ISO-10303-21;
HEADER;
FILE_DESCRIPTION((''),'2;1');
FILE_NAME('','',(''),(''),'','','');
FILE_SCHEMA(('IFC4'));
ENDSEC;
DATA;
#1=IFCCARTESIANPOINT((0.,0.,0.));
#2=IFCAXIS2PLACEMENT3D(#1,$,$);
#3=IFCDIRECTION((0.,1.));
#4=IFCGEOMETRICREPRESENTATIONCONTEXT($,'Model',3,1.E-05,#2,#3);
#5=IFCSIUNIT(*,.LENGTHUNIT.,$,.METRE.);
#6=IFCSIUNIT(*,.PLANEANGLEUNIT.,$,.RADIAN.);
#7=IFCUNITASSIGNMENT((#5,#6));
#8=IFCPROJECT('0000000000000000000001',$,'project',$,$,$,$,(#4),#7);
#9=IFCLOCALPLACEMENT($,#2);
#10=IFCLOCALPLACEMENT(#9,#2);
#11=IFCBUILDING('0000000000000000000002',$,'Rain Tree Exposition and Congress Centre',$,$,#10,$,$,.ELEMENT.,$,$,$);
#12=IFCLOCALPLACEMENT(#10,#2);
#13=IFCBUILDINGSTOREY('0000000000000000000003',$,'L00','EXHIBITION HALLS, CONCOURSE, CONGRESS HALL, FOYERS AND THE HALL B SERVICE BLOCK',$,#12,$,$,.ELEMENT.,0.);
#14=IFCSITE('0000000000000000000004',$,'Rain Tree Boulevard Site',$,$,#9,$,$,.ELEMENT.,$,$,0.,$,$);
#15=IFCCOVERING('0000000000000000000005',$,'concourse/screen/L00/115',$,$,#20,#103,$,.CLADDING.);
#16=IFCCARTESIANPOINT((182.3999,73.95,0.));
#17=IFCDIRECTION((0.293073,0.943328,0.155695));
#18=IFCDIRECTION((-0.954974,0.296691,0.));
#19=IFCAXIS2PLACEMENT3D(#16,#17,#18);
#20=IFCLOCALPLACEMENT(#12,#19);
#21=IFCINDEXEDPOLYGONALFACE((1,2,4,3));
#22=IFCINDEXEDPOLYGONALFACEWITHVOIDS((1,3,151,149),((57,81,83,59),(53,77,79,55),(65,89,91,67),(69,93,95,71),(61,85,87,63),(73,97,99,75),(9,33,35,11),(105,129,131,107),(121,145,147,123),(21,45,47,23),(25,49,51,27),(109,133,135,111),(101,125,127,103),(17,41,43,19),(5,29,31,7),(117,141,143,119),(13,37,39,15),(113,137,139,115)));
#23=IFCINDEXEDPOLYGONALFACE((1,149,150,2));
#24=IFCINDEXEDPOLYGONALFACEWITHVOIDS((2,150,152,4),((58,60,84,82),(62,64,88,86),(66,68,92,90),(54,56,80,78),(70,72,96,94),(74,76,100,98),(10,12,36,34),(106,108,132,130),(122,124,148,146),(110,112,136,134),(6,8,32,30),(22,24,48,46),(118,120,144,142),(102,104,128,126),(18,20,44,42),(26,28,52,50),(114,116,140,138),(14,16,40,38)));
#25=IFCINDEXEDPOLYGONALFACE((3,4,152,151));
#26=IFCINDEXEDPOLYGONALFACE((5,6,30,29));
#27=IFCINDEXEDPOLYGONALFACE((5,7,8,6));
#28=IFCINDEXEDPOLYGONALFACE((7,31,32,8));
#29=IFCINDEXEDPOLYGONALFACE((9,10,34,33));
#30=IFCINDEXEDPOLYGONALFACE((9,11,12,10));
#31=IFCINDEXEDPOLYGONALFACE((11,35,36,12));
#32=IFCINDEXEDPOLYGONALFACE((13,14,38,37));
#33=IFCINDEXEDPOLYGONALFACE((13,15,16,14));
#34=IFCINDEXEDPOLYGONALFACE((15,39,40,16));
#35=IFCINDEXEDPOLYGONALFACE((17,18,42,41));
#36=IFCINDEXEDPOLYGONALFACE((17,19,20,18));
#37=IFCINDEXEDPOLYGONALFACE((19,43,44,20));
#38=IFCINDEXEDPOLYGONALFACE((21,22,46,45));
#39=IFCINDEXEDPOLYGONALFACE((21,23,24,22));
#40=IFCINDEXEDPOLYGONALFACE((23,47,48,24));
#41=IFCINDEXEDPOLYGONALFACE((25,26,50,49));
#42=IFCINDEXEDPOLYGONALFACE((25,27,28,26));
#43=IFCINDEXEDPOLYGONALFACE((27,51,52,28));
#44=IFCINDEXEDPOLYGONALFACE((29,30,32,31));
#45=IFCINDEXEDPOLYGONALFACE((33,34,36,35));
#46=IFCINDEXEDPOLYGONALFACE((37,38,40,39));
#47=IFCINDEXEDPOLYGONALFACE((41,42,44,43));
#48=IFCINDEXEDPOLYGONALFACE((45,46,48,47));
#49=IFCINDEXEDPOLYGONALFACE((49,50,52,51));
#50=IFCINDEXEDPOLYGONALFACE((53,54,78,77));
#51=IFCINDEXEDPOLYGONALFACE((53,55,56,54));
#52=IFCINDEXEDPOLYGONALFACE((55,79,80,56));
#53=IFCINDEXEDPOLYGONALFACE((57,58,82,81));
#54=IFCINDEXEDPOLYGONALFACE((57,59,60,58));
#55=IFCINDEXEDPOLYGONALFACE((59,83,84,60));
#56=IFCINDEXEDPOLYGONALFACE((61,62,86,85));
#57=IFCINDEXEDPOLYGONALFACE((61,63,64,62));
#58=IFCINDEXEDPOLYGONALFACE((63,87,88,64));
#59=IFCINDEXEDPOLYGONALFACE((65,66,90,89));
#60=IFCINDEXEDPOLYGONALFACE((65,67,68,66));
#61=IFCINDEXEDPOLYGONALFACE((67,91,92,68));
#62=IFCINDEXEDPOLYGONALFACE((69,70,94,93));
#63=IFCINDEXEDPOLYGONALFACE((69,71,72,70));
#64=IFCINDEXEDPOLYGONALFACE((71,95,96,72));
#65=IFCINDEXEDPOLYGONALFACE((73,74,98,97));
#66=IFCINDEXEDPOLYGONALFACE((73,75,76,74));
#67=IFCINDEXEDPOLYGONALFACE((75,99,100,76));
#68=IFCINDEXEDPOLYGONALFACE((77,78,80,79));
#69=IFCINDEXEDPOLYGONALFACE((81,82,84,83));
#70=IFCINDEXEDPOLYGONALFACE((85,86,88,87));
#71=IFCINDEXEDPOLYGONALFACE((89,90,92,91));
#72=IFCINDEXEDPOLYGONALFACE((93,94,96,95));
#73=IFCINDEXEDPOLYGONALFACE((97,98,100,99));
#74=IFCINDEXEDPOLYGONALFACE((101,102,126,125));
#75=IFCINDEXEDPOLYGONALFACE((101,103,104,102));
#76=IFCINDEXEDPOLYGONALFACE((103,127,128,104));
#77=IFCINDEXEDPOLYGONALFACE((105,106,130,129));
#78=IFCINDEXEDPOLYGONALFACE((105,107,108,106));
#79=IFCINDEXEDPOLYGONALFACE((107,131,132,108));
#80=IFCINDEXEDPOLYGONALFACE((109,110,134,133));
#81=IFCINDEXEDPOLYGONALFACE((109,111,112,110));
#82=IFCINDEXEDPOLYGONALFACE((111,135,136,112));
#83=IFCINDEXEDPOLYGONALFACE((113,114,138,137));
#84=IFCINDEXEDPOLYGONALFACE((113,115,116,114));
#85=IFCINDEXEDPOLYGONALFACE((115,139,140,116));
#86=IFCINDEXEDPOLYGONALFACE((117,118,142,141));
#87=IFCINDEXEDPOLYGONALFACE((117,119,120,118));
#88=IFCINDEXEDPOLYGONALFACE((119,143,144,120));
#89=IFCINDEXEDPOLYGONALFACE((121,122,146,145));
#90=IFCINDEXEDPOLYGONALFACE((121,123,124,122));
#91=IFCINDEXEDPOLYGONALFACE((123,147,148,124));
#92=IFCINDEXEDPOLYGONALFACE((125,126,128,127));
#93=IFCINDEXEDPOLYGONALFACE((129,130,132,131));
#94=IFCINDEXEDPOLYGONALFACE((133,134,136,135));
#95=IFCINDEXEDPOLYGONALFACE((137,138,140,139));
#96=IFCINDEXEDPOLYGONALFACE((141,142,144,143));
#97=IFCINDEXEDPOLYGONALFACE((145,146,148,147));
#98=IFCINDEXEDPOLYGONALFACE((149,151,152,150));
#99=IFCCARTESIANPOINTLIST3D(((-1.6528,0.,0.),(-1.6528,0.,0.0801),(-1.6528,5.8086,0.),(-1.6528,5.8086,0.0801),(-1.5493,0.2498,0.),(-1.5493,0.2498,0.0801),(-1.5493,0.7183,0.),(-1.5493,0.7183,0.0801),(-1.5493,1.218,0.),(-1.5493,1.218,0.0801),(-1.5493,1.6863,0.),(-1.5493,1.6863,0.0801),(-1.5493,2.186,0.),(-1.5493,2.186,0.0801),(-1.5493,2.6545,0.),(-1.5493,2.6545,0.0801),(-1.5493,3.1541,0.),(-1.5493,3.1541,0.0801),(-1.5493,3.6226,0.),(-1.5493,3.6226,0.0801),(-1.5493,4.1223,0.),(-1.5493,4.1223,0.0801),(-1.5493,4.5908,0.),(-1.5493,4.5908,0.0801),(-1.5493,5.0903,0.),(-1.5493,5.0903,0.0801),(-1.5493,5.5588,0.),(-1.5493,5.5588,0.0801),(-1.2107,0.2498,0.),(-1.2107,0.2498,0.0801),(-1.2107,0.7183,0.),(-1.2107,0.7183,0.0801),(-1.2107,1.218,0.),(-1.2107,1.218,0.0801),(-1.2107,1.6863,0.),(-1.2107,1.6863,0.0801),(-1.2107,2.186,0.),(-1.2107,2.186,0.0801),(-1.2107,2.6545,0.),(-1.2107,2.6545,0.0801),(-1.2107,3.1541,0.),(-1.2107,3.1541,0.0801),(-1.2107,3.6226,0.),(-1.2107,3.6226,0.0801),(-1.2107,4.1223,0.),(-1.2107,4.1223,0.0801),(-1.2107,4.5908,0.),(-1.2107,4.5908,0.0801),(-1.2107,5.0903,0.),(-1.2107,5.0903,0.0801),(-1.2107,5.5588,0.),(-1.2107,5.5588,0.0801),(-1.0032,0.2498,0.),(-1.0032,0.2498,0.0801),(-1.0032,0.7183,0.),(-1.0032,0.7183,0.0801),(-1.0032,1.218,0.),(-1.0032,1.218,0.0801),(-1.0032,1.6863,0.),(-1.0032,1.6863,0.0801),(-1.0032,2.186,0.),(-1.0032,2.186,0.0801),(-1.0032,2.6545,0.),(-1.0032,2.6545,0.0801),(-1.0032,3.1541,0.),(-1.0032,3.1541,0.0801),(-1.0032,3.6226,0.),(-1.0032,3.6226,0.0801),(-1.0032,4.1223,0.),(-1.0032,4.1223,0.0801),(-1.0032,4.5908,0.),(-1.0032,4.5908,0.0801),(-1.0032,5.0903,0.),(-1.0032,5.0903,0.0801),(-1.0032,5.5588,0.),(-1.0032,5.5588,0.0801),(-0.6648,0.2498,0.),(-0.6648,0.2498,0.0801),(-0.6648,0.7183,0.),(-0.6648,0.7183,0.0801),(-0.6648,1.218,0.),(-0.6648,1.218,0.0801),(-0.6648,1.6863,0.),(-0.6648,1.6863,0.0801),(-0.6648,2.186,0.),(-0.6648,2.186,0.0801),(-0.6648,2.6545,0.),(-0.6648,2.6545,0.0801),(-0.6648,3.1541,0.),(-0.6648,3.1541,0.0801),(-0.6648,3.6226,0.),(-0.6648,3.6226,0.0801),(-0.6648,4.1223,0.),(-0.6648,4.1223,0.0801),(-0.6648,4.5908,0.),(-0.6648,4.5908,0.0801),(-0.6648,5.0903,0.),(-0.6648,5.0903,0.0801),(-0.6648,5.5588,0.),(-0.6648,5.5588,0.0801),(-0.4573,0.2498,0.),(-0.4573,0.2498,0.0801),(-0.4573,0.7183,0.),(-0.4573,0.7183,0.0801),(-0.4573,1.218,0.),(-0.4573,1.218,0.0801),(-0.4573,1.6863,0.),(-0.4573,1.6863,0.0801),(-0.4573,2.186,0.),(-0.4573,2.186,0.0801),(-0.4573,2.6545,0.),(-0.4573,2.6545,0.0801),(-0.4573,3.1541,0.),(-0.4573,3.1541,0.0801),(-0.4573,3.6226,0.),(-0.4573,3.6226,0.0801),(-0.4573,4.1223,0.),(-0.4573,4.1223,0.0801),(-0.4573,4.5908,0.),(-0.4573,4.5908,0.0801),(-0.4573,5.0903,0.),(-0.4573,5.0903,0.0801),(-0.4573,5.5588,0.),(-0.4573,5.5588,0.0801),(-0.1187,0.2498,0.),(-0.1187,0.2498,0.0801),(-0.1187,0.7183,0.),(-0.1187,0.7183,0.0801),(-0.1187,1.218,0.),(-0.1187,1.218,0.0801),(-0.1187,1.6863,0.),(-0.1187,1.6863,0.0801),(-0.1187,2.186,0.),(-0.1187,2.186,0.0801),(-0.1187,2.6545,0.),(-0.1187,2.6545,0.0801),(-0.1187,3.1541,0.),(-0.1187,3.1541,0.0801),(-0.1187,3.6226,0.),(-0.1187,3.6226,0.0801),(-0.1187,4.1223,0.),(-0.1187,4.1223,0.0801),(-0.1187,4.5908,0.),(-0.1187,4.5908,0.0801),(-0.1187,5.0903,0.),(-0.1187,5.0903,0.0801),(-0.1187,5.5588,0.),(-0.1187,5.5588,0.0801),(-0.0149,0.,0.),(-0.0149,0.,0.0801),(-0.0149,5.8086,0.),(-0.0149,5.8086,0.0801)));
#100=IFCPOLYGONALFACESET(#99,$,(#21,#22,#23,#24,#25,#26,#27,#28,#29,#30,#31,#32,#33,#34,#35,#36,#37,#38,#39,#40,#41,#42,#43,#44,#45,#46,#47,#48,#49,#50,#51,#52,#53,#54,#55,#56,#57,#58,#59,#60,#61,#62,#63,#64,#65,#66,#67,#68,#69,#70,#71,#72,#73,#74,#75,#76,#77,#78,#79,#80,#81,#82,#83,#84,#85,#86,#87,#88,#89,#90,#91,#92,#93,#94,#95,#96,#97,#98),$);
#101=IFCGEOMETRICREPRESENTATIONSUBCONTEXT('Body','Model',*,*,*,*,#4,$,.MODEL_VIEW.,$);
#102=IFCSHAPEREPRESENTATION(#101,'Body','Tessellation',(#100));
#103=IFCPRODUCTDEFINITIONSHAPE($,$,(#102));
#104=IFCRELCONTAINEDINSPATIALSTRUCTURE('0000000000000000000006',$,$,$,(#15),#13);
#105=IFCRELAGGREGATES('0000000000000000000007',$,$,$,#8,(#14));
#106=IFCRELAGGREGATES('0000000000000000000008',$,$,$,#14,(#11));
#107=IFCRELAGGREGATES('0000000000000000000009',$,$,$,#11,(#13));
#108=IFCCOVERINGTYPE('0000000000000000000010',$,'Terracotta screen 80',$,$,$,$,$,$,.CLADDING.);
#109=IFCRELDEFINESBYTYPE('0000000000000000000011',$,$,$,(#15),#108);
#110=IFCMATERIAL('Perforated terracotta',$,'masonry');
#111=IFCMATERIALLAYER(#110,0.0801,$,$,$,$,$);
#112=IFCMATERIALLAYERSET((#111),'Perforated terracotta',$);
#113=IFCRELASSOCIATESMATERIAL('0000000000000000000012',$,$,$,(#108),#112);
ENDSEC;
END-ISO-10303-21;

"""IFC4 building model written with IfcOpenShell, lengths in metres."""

from ifc_helpers import new_model, si_unit, direction, frame, origin, place, context, subcontext, project, spatial, polyline, outline, extrude, material, layer, layer_set, type_object, element, save


model = new_model("IFC4")

# Units and contexts
model_context = context("Model", 3, precision=1e-05, world=origin(), true_north=direction((0.0, 1.0)))
body_context = subcontext(model_context, "Body", "Model", "MODEL_VIEW")
ifc_project = project(units=[si_unit("LENGTHUNIT", "METRE"), si_unit("PLANEANGLEUNIT", "RADIAN")], contexts=[model_context])

# Site, building, storey
site_placement = place(None, origin())
site = spatial("IfcSite", under=ifc_project, at=site_placement, Name="Rain Tree Boulevard Site", CompositionType="ELEMENT", RefElevation=0.0)
building_placement = place(site_placement, origin())
building = spatial("IfcBuilding", under=site, at=building_placement, Name="Rain Tree Exposition and Congress Centre", CompositionType="ELEMENT")
storey_placement = place(building_placement, origin())
storey = spatial("IfcBuildingStorey", under=building, at=storey_placement, Name="L00", Description="EXHIBITION HALLS, CONCOURSE, CONGRESS HALL, FOYERS AND THE HALL B SERVICE BLOCK", CompositionType="ELEMENT", Elevation=0.0)

# Covering
ifc_material_1 = material(Name="Perforated terracotta", Category="masonry")
ifc_layer_1 = layer(ifc_material_1, 0.0801)
ifc_layer_set_1 = layer_set([ifc_layer_1], Name="Perforated terracotta")
covering_type = type_object("IfcCoveringType", Name="Terracotta screen 80", PredefinedType="CLADDING", material=ifc_layer_set_1)
covering_1_placement = place(storey_placement, frame((182.3999, 73.95, 0.0), z_axis=(0.293073, 0.943328, 0.155695), x_axis=(-0.954974, 0.296691, 0.0)))
element("IfcCovering", 1, at=covering_1_placement, inside=storey, type_object=covering_type, Name="concourse/screen/L00/115", PredefinedType="CLADDING", context=body_context, shape_type="SweptSolid", body=[
    extrude(outline(polyline([(-0.0149, 0.0), (-1.6528, 0.0), (-1.6528, 5.8086), (-0.0149, 5.8086), (-0.0149, 0.0)]), holes=[polyline([(-0.1187, 0.2498), (-0.1187, 0.7183), (-0.4573, 0.7183), (-0.4573, 0.2498), (-0.1187, 0.2498)]), polyline([(-0.1187, 1.218), (-0.1187, 1.6863), (-0.4573, 1.6863), (-0.4573, 1.218), (-0.1187, 1.218)]), polyline([(-0.1187, 2.186), (-0.1187, 2.6545), (-0.4573, 2.6545), (-0.4573, 2.186), (-0.1187, 2.186)]), polyline([(-0.1187, 3.1541), (-0.1187, 3.6226), (-0.4573, 3.6226), (-0.4573, 3.1541), (-0.1187, 3.1541)]), polyline([(-0.1187, 4.1223), (-0.1187, 4.5908), (-0.4573, 4.5908), (-0.4573, 4.1223), (-0.1187, 4.1223)]), polyline([(-0.1187, 5.0903), (-0.1187, 5.5588), (-0.4573, 5.5588), (-0.4573, 5.0903), (-0.1187, 5.0903)]), polyline([(-0.6648, 0.2498), (-0.6648, 0.7183), (-1.0032, 0.7183), (-1.0032, 0.2498), (-0.6648, 0.2498)]), polyline([(-0.6648, 1.218), (-0.6648, 1.6863), (-1.0032, 1.6863), (-1.0032, 1.218), (-0.6648, 1.218)]), polyline([(-0.6648, 2.186), (-0.6648, 2.6545), (-1.0032, 2.6545), (-1.0032, 2.186), (-0.6648, 2.186)]), polyline([(-0.6648, 3.1541), (-0.6648, 3.6226), (-1.0032, 3.6226), (-1.0032, 3.1541), (-0.6648, 3.1541)]), polyline([(-0.6648, 4.1223), (-0.6648, 4.5908), (-1.0032, 4.5908), (-1.0032, 4.1223), (-0.6648, 4.1223)]), polyline([(-0.6648, 5.0903), (-0.6648, 5.5588), (-1.0032, 5.5588), (-1.0032, 5.0903), (-0.6648, 5.0903)]), polyline([(-1.2107, 0.2498), (-1.2107, 0.7183), (-1.5493, 0.7183), (-1.5493, 0.2498), (-1.2107, 0.2498)]), polyline([(-1.2107, 1.218), (-1.2107, 1.6863), (-1.5493, 1.6863), (-1.5493, 1.218), (-1.2107, 1.218)]), polyline([(-1.2107, 2.186), (-1.2107, 2.6545), (-1.5493, 2.6545), (-1.5493, 2.186), (-1.2107, 2.186)]), polyline([(-1.2107, 3.1541), (-1.2107, 3.6226), (-1.5493, 3.6226), (-1.5493, 3.1541), (-1.2107, 3.1541)]), polyline([(-1.2107, 4.1223), (-1.2107, 4.5908), (-1.5493, 4.5908), (-1.5493, 4.1223), (-1.2107, 4.1223)]), polyline([(-1.2107, 5.0903), (-1.2107, 5.5588), (-1.5493, 5.5588), (-1.5493, 5.0903), (-1.2107, 5.0903)])]), origin(), (0.0, 0.0, 1.0), 0.0801),
])

save(model, "model.ifc")
